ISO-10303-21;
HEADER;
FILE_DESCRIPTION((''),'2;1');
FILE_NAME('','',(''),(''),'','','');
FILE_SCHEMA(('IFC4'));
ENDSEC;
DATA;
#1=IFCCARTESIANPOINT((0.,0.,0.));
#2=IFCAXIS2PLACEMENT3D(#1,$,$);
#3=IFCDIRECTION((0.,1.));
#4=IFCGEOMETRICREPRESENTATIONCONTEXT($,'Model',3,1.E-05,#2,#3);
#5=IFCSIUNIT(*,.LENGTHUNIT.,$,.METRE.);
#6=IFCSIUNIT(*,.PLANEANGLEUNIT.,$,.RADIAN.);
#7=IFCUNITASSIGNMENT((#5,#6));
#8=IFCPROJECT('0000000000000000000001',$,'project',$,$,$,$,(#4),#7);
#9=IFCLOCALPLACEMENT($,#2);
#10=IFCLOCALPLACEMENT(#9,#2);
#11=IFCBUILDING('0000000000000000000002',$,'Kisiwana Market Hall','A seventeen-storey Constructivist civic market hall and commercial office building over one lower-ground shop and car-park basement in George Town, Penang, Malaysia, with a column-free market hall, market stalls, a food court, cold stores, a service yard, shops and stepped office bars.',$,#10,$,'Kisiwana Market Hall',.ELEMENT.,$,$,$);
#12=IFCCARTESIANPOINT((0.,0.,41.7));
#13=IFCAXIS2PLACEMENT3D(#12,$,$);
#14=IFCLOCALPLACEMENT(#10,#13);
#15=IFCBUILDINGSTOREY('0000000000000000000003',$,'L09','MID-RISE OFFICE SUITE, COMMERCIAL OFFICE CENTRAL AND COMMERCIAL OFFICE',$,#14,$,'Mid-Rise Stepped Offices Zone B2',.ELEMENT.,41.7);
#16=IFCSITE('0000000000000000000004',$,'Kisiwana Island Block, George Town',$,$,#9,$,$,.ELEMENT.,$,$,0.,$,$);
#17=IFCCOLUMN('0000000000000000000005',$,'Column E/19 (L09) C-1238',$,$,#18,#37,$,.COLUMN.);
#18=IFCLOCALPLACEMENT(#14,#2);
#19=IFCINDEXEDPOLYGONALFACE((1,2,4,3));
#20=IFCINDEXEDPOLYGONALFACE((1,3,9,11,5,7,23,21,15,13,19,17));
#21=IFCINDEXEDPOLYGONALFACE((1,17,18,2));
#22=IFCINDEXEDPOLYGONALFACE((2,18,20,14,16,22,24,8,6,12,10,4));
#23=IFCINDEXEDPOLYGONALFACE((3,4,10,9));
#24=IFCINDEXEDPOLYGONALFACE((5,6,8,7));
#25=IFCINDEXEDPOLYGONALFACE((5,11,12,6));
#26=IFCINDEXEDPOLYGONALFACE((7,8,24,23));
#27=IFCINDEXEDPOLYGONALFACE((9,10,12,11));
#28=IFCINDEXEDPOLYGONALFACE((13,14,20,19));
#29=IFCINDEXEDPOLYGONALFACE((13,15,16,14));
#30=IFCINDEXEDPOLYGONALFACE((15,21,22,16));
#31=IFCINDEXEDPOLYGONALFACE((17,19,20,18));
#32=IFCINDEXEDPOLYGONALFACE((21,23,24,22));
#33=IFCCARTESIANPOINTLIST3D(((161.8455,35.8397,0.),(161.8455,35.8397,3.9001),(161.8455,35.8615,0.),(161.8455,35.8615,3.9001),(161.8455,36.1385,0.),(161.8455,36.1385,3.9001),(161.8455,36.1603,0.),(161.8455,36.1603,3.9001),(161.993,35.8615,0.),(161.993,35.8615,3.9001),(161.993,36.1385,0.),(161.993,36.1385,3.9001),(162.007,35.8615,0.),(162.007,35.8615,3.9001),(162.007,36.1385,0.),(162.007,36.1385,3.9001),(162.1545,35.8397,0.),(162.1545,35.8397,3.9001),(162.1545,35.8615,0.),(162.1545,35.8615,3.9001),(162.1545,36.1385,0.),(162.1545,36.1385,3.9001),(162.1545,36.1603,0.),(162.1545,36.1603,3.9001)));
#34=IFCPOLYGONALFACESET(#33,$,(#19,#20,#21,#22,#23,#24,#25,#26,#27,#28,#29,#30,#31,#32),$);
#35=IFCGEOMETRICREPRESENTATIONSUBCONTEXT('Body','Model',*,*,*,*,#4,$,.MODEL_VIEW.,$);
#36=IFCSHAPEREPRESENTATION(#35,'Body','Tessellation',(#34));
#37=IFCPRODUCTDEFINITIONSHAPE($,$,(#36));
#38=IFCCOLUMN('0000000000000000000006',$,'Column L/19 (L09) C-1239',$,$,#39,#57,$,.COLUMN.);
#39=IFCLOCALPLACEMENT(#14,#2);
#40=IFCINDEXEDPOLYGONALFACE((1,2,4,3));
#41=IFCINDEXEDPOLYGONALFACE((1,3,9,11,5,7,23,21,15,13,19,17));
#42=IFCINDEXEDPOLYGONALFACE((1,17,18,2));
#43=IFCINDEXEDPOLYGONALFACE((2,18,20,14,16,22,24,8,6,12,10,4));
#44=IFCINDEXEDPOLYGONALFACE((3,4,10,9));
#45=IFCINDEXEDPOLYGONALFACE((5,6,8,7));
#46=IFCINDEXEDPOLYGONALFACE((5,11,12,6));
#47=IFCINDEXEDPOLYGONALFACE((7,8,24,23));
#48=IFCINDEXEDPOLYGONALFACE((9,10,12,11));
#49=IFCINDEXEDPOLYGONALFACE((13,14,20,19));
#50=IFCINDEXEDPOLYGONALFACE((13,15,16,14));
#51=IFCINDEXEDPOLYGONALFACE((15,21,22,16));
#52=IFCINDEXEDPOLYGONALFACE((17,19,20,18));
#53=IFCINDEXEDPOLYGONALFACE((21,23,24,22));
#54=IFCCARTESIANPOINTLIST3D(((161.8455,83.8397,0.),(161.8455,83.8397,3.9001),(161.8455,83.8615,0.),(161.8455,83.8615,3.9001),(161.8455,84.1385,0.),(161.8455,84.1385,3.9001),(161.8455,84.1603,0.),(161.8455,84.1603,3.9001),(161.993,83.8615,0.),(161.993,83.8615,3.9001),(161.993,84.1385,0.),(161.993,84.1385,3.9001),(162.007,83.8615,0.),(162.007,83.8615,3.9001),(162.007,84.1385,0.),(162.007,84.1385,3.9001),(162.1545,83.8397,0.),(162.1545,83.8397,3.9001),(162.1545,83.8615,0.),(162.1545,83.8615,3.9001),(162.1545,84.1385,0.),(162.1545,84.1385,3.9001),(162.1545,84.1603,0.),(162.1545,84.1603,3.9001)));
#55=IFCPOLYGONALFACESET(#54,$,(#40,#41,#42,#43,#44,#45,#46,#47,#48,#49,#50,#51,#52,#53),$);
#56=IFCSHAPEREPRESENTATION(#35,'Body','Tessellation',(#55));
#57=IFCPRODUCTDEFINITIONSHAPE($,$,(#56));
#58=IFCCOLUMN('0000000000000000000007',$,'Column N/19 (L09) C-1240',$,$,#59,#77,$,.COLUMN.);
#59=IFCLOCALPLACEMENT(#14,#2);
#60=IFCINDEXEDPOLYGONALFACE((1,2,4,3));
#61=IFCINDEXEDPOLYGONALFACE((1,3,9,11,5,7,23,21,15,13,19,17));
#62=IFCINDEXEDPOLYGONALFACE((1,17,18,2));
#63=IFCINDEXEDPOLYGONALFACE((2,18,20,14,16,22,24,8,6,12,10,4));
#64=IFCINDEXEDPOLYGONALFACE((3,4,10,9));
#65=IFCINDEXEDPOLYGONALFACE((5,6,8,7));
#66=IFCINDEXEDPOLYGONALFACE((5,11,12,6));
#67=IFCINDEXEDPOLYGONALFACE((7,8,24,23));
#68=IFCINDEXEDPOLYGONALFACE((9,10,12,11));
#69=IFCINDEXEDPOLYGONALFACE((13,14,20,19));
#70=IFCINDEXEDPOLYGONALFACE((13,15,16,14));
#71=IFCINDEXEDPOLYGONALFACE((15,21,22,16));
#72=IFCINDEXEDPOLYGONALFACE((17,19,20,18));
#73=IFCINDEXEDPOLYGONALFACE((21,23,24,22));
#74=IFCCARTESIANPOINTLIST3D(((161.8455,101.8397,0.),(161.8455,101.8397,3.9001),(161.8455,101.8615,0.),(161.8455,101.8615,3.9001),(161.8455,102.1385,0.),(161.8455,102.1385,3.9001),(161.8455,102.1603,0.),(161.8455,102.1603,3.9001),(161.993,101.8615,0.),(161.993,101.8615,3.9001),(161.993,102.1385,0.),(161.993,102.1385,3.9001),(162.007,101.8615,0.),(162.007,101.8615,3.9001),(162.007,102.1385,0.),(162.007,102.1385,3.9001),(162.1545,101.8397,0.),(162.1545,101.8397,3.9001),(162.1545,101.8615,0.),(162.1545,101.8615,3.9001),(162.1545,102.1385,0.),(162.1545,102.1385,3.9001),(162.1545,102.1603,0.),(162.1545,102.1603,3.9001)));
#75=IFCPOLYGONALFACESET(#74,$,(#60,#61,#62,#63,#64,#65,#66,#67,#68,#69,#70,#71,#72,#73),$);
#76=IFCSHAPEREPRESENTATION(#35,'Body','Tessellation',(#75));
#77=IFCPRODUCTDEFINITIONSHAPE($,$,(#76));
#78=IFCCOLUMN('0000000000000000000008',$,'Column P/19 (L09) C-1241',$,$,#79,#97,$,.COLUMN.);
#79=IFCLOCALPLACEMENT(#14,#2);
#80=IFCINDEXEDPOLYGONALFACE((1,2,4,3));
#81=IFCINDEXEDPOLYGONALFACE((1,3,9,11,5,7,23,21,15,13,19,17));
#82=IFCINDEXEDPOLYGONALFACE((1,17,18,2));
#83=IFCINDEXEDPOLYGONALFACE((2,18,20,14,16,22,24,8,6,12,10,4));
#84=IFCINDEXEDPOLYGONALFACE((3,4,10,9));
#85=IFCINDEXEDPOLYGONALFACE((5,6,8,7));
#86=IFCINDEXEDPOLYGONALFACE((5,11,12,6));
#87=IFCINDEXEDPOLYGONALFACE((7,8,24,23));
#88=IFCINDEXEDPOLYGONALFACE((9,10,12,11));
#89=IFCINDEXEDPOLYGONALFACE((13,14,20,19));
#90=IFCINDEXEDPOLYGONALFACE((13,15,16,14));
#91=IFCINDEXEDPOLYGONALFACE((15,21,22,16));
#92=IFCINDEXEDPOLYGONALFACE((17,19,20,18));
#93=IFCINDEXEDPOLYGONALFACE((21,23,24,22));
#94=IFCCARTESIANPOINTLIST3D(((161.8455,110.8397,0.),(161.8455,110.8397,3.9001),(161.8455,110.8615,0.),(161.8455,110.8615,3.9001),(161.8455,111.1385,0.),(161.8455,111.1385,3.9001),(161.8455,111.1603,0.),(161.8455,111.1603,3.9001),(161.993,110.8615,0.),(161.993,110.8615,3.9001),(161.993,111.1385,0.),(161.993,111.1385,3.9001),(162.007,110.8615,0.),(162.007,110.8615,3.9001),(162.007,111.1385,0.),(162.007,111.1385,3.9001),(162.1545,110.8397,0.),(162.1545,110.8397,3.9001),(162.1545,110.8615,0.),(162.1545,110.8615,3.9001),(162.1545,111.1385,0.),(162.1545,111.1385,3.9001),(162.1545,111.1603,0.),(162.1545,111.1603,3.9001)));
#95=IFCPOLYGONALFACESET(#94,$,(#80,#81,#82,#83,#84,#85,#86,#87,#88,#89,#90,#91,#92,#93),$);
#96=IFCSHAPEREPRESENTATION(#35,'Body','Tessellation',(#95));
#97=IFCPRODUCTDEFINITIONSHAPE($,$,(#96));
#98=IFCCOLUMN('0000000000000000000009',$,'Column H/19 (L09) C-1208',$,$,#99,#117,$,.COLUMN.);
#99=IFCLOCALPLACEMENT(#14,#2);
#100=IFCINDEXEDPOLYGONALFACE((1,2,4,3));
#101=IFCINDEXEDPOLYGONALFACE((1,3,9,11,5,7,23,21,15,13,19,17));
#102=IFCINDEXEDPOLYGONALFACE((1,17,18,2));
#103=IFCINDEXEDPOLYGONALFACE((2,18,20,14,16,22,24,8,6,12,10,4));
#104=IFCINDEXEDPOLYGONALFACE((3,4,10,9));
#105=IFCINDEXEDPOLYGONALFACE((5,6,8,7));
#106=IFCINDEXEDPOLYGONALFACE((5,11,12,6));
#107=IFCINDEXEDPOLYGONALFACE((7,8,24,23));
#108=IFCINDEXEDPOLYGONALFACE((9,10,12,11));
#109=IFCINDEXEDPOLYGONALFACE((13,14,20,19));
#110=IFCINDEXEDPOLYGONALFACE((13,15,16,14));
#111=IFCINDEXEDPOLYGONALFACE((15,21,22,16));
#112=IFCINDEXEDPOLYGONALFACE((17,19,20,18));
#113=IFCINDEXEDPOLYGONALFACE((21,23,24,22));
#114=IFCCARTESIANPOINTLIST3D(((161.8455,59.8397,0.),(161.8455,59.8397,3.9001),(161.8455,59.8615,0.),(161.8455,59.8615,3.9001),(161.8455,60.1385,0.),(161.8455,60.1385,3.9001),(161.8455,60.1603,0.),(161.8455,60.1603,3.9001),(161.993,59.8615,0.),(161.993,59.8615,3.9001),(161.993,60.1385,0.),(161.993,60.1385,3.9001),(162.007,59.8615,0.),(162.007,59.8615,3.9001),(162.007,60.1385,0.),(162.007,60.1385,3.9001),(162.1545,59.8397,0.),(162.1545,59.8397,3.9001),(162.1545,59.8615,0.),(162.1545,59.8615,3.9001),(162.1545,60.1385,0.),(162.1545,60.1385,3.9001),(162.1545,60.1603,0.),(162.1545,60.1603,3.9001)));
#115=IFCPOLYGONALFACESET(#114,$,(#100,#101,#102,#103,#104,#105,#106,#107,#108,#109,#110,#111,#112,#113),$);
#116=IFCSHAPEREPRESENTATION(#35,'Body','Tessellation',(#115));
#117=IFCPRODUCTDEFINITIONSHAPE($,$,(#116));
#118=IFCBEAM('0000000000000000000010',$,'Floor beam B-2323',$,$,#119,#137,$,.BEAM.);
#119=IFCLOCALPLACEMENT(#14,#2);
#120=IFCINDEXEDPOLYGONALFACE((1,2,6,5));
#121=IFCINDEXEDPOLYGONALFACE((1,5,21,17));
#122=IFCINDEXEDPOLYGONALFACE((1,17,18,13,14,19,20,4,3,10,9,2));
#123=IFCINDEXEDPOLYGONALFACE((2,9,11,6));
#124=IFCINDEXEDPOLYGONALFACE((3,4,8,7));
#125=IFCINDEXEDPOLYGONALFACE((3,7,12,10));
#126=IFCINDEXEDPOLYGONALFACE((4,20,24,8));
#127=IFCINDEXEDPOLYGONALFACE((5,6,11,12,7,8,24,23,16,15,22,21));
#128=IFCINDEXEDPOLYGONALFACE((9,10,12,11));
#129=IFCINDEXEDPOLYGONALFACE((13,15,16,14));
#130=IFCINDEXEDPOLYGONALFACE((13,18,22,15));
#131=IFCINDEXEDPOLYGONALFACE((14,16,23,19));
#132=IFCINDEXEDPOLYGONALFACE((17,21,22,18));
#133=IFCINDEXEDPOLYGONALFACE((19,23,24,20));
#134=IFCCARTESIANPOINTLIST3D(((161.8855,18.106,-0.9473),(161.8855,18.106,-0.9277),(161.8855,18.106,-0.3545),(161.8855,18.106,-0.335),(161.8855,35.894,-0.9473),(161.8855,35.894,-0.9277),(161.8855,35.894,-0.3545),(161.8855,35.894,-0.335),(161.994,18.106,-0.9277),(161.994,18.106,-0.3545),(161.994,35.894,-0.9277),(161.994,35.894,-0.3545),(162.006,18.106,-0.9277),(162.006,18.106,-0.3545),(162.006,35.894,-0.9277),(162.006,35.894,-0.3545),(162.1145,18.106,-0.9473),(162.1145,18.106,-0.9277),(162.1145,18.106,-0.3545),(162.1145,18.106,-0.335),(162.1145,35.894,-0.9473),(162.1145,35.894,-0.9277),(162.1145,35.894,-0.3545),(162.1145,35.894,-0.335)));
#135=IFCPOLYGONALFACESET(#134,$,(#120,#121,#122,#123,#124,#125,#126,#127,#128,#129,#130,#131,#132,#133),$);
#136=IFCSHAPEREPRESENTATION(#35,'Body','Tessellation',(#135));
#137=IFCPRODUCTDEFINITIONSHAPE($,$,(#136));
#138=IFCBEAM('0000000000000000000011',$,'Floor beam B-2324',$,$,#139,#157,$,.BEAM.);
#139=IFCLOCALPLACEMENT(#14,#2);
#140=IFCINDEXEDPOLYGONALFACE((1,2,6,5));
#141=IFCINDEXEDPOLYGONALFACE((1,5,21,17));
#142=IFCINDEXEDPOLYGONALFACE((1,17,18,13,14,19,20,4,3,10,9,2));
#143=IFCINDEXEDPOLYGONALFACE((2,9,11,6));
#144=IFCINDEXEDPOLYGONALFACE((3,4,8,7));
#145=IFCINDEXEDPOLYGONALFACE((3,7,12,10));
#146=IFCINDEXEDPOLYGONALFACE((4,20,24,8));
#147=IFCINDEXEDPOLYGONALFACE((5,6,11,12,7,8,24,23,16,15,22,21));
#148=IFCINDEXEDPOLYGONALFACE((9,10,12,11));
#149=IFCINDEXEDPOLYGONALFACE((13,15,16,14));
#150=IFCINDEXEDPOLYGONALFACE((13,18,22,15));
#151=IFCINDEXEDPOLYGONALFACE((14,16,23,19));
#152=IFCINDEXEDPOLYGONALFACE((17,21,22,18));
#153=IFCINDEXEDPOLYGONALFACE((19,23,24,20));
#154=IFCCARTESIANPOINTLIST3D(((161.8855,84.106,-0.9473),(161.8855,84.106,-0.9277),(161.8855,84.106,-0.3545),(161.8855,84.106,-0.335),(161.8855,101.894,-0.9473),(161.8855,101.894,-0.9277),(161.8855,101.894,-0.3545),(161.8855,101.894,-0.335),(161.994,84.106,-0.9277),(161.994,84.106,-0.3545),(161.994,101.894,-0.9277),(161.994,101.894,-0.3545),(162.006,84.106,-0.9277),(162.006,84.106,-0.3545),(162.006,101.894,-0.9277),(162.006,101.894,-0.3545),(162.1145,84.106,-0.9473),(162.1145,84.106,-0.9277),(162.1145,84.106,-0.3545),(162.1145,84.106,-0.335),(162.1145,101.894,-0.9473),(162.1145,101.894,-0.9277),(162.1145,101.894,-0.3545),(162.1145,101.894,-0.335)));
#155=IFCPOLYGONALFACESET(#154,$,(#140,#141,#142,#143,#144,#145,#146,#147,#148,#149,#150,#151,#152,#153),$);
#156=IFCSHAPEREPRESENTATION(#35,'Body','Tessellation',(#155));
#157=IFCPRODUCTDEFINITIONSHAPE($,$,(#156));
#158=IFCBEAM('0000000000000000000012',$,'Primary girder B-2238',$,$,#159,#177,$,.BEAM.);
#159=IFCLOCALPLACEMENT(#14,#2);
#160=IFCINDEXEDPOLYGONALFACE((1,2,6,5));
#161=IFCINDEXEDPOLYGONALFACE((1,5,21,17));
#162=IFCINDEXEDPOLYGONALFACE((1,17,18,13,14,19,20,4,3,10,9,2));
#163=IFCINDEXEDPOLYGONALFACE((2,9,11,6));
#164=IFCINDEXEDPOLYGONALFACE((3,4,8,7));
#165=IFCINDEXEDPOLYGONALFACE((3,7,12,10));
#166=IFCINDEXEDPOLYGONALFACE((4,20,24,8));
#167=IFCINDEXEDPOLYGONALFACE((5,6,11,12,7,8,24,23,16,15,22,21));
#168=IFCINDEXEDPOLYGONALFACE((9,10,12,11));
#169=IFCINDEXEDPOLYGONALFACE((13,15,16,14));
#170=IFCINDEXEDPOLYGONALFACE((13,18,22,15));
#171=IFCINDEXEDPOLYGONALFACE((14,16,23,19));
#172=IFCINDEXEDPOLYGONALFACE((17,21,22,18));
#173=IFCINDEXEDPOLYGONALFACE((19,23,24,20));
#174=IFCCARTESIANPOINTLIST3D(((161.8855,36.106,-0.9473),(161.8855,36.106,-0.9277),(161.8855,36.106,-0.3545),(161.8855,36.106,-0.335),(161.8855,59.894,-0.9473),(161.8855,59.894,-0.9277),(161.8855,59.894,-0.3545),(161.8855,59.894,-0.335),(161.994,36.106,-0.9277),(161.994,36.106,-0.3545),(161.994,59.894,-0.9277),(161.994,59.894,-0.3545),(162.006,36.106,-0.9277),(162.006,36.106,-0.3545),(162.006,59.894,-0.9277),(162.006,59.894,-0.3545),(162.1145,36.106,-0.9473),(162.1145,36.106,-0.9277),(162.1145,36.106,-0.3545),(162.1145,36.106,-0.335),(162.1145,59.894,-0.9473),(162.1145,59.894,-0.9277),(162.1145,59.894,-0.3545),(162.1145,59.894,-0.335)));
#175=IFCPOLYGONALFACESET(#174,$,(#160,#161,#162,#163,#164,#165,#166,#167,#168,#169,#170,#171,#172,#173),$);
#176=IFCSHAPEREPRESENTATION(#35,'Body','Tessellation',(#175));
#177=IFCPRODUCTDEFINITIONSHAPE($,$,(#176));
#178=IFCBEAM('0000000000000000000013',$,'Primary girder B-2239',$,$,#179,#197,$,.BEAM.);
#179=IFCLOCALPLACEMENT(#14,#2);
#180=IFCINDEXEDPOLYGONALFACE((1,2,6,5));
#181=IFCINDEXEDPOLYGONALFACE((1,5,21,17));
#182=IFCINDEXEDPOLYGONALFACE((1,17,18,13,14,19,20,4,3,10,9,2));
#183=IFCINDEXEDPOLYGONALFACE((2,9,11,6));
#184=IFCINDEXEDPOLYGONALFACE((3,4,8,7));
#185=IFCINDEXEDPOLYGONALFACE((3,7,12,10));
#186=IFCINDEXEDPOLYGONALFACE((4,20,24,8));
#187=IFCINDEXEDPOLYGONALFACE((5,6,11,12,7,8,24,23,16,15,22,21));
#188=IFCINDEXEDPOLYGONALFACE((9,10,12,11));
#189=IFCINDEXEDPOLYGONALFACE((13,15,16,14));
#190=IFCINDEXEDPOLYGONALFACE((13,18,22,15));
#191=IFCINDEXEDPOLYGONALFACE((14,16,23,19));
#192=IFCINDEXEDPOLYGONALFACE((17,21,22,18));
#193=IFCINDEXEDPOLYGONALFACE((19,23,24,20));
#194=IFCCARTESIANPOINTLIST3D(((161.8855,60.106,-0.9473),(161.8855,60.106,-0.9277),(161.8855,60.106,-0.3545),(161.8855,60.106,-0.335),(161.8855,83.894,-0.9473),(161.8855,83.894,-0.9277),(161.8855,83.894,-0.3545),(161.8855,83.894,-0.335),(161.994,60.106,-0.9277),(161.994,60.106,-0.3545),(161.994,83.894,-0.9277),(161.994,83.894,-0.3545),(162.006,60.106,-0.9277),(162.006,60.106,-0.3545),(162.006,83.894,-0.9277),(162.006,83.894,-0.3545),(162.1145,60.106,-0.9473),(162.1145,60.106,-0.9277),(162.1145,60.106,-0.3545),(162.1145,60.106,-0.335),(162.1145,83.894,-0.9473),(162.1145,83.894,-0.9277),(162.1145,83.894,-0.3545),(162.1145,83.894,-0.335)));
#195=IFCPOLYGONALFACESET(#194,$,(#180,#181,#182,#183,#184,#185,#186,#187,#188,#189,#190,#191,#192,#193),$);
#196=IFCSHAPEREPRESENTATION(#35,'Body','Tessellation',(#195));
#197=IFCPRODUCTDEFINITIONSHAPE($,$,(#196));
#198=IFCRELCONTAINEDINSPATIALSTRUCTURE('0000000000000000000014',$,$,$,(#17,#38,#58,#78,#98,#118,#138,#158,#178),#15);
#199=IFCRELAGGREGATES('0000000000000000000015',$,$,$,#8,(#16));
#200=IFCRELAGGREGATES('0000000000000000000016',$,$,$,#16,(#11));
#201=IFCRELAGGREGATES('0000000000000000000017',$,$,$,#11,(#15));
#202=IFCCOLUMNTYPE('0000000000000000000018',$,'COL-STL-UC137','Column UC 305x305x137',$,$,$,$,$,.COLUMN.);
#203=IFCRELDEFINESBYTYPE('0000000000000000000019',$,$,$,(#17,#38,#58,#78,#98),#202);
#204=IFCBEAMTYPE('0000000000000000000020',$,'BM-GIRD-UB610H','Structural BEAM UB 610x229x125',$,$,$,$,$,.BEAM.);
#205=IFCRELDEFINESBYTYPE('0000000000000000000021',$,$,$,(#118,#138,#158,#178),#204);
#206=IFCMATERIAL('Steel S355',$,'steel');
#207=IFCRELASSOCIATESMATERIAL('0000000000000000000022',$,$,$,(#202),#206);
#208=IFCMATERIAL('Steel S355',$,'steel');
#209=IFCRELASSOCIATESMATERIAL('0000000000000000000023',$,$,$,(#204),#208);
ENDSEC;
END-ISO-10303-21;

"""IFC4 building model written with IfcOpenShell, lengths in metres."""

from ifc_helpers import new_model, si_unit, direction, frame, origin, origin_2d, place, context, subcontext, project, spatial, i_section, extrude, material, material_profile, profile_set, type_object, element, save


model = new_model("IFC4")

# Units and contexts
model_context = context("Model", 3, precision=1e-05, world=origin(), true_north=direction((0.0, 1.0)))
body_context = subcontext(model_context, "Body", "Model", "MODEL_VIEW")
ifc_project = project(units=[si_unit("LENGTHUNIT", "METRE"), si_unit("PLANEANGLEUNIT", "RADIAN")], contexts=[model_context])

# Site, building, storey
site_placement = place(None, origin())
site = spatial("IfcSite", under=ifc_project, at=site_placement, Name="Kisiwana Island Block, George Town", CompositionType="ELEMENT", RefElevation=0.0)
building_placement = place(site_placement, origin())
building = spatial("IfcBuilding", under=site, at=building_placement, Name="Kisiwana Market Hall", Description="A seventeen-storey Constructivist civic market hall and commercial office building over one lower-ground shop and car-park basement in George Town, Penang, Malaysia, with a column-free market hall, market stalls, a food court, cold stores, a service yard, shops and stepped office bars.", LongName="Kisiwana Market Hall", CompositionType="ELEMENT")
storey_placement = place(building_placement, frame((0.0, 0.0, 41.7)))
storey = spatial("IfcBuildingStorey", under=building, at=storey_placement, Name="L09", Description="MID-RISE OFFICE SUITE, COMMERCIAL OFFICE CENTRAL AND COMMERCIAL OFFICE", LongName="Mid-Rise Stepped Offices Zone B2", CompositionType="ELEMENT", Elevation=41.7)

# Columns
ifc_material_1 = material(Name="Steel S355", Category="steel")
ifc_material_profile_1 = material_profile(ifc_material_1, i_section(OverallWidth=0.3091, OverallDepth=0.3206, WebThickness=0.0139, FlangeThickness=0.0217, at=origin_2d()), Name="UC 305x305x137")
ifc_profile_set_1 = profile_set([ifc_material_profile_1], Name="Steel S355")
column_type = type_object("IfcColumnType", Name="COL-STL-UC137", Description="Column UC 305x305x137", PredefinedType="COLUMN", material=ifc_profile_set_1)
for number, where, z_axis, x_axis, name in (
    (1, (162.0, 36.0, 0.0), (0.0, 0.0, 1.0), (1.0, 0.0, 0.0), "Column E/19 (L09) C-1238"),
    (2, (162.0, 84.0, 0.0), (0.0, 0.0, 1.0), (1.0, 0.0, 0.0), "Column L/19 (L09) C-1239"),
    (3, (162.0, 102.0, 0.0), (0.0, 0.0, 1.0), (1.0, 0.0, 0.0), "Column N/19 (L09) C-1240"),
    (4, (162.0, 111.0, 0.0), (0.0, 0.0, 1.0), (1.0, 0.0, 0.0), "Column P/19 (L09) C-1241"),
    (5, (162.0, 60.0, 0.0), (0.0, 0.0, 1.0), (1.0, 0.0, 0.0), "Column H/19 (L09) C-1208"),
):
    element("IfcColumn", number, at=place(storey_placement, frame(where, z_axis=z_axis, x_axis=x_axis)), inside=storey, type_object=column_type, Name=name, PredefinedType="COLUMN", context=body_context, shape_type="SweptSolid", body=[
        extrude(i_section(OverallWidth=0.3091, OverallDepth=0.3206, WebThickness=0.0139, FlangeThickness=0.0217, at=origin_2d()), origin(), (0.0, 0.0, 1.0), 3.9001),
    ])

# Beams
ifc_material_2 = material(Name="Steel S355", Category="steel")
ifc_material_profile_2 = material_profile(ifc_material_2, i_section(OverallWidth=0.229, OverallDepth=0.6123, WebThickness=0.012, FlangeThickness=0.0195, at=origin_2d()), Name="UB 610x229x125")
ifc_profile_set_2 = profile_set([ifc_material_profile_2], Name="Steel S355")
beam_type_1 = type_object("IfcBeamType", Name="BM-GIRD-UB610H", Description="Structural BEAM UB 610x229x125", PredefinedType="BEAM", material=ifc_profile_set_2)
for number, where, z_axis, x_axis, name in (
    (6, (162.0, 18.106, -0.6411), (0.0, 1.0, 0.0), (-1.0, 0.0, 0.0), "Floor beam B-2323"),
    (7, (162.0, 84.106, -0.6411), (0.0, 1.0, 0.0), (-1.0, 0.0, 0.0), "Floor beam B-2324"),
):
    element("IfcBeam", number, at=place(storey_placement, frame(where, z_axis=z_axis, x_axis=x_axis)), inside=storey, type_object=beam_type_1, Name=name, PredefinedType="BEAM", context=body_context, shape_type="SweptSolid", body=[
        extrude(i_section(OverallWidth=0.229, OverallDepth=0.6123, WebThickness=0.012, FlangeThickness=0.0195, at=origin_2d()), origin(), (0.0, 0.0, 1.0), 17.7881),
    ])
for number, where, z_axis, x_axis, name in (
    (8, (162.0, 36.106, -0.6411), (0.0, 1.0, 0.0), (-1.0, 0.0, 0.0), "Primary girder B-2238"),
    (9, (162.0, 60.106, -0.6411), (0.0, 1.0, 0.0), (-1.0, 0.0, 0.0), "Primary girder B-2239"),
):
    element("IfcBeam", number, at=place(storey_placement, frame(where, z_axis=z_axis, x_axis=x_axis)), inside=storey, type_object=beam_type_1, Name=name, PredefinedType="BEAM", context=body_context, shape_type="SweptSolid", body=[
        extrude(i_section(OverallWidth=0.229, OverallDepth=0.6123, WebThickness=0.012, FlangeThickness=0.0195, at=origin_2d()), origin(), (0.0, 0.0, 1.0), 23.7881),
    ])

save(model, "model.ifc")
